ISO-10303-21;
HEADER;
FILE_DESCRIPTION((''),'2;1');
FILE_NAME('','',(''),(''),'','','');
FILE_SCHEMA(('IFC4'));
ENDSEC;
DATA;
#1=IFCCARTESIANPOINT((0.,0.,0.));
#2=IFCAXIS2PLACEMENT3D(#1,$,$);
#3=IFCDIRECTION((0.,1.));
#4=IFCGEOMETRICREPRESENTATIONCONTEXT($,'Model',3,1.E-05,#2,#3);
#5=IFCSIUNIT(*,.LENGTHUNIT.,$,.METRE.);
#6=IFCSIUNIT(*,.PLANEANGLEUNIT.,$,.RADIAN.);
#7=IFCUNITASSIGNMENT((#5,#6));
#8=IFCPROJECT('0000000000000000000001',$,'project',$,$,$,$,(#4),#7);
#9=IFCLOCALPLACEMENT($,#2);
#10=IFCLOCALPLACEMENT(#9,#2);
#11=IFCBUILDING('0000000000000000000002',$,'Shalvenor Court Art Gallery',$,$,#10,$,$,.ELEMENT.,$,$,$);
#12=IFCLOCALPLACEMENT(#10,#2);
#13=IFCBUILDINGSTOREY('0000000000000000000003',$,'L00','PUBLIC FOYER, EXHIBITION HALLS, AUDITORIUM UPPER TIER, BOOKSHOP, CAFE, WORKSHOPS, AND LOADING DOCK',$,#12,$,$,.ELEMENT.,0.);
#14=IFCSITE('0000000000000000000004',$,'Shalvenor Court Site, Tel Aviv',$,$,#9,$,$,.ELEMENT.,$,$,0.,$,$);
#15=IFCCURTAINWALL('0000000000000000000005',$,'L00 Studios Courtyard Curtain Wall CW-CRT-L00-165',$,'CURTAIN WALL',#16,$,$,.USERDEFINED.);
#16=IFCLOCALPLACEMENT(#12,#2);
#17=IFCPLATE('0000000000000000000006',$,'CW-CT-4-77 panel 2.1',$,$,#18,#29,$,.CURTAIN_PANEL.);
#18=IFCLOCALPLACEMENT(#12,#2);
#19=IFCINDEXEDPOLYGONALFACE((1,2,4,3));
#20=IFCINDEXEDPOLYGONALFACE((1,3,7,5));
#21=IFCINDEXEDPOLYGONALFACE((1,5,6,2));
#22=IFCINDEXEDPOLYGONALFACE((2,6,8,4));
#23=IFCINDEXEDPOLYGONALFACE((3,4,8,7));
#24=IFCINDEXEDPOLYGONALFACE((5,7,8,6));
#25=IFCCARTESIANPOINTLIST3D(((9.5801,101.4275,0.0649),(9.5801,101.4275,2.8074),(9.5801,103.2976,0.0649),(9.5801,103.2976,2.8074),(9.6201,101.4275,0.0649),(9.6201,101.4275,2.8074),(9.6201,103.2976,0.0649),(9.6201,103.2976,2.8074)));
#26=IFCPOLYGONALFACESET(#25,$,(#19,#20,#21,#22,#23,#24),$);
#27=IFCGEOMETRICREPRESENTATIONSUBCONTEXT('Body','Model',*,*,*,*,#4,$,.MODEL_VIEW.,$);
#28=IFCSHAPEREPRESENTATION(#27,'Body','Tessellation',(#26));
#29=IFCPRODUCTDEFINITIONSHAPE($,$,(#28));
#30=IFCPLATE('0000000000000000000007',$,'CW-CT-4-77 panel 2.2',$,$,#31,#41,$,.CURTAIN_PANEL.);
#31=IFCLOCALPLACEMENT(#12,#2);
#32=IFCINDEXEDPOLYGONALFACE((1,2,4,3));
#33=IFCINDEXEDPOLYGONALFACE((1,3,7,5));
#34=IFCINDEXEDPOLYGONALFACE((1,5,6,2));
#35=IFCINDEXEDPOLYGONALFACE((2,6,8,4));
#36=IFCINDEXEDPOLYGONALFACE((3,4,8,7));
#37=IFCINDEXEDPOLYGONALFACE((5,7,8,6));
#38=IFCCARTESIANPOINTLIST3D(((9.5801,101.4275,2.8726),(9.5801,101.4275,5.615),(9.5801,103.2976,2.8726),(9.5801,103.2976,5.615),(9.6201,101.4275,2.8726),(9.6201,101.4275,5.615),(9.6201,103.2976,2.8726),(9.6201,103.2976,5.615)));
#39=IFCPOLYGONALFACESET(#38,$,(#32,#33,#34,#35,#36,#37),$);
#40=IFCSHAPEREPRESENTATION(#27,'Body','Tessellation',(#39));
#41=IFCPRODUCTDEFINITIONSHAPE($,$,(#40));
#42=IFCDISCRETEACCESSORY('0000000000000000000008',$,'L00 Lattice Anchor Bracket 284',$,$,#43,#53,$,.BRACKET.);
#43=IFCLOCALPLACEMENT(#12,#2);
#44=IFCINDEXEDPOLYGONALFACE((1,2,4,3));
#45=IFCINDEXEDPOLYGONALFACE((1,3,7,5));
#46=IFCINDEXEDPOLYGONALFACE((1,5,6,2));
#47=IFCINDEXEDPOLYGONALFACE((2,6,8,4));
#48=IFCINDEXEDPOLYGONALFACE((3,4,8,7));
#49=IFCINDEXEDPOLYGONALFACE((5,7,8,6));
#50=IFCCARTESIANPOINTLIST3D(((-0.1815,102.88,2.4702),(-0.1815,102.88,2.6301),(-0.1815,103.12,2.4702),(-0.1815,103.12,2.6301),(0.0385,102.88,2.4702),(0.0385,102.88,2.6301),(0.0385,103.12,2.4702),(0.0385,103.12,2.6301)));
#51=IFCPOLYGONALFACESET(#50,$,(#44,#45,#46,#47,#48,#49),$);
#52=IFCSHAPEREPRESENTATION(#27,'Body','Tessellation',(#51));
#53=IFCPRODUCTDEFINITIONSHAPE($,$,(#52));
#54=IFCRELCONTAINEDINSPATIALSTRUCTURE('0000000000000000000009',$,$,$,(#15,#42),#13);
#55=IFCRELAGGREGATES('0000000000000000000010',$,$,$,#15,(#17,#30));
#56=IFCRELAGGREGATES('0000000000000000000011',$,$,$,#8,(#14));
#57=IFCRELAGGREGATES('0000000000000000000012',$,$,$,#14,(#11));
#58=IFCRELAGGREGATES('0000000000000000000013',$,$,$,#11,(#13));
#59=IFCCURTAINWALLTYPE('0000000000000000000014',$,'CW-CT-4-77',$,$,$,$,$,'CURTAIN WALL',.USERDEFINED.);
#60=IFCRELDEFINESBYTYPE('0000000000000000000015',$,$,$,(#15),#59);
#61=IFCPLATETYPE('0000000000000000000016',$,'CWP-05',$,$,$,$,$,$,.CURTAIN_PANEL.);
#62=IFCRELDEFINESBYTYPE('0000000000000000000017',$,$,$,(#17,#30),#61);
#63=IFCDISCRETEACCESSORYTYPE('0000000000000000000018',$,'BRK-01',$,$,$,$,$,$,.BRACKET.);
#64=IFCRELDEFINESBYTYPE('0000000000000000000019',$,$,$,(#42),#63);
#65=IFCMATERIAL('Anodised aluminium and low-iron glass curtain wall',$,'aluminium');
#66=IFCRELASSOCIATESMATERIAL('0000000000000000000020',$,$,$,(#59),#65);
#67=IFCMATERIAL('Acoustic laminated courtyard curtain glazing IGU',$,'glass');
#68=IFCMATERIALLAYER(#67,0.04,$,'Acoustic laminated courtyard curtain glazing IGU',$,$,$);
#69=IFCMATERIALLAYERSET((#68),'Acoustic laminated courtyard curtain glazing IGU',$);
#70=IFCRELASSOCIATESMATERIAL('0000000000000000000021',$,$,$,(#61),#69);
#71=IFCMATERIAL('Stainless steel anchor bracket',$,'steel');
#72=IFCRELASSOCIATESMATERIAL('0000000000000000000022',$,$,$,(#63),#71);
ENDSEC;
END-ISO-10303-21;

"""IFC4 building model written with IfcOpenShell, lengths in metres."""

from ifc_helpers import new_model, si_unit, direction, frame, origin, origin_2d, place, context, subcontext, project, spatial, rectangle, extrude, material, layer, layer_set, type_object, element, aggregate, save


model = new_model("IFC4")

# Units and contexts
model_context = context("Model", 3, precision=1e-05, world=origin(), true_north=direction((0.0, 1.0)))
body_context = subcontext(model_context, "Body", "Model", "MODEL_VIEW")
ifc_project = project(units=[si_unit("LENGTHUNIT", "METRE"), si_unit("PLANEANGLEUNIT", "RADIAN")], contexts=[model_context])

# Site, building, storey
site_placement = place(None, origin())
site = spatial("IfcSite", under=ifc_project, at=site_placement, Name="Shalvenor Court Site, Tel Aviv", CompositionType="ELEMENT", RefElevation=0.0)
building_placement = place(site_placement, origin())
building = spatial("IfcBuilding", under=site, at=building_placement, Name="Shalvenor Court Art Gallery", CompositionType="ELEMENT")
storey_placement = place(building_placement, origin())
storey = spatial("IfcBuildingStorey", under=building, at=storey_placement, Name="L00", Description="PUBLIC FOYER, EXHIBITION HALLS, AUDITORIUM UPPER TIER, BOOKSHOP, CAFE, WORKSHOPS, AND LOADING DOCK", CompositionType="ELEMENT", Elevation=0.0)

# Curtain wall
ifc_material_1 = material(Name="Anodised aluminium and low-iron glass curtain wall", Category="aluminium")
curtain_wall_type_1 = type_object("IfcCurtainWallType", Name="CW-CT-4-77", ElementType="CURTAIN WALL", PredefinedType="USERDEFINED", material=ifc_material_1)
curtain_wall_1_placement = place(storey_placement, origin())
curtain_wall_1 = element("IfcCurtainWall", 1, at=curtain_wall_1_placement, inside=storey, type_object=curtain_wall_type_1, Name="L00 Studios Courtyard Curtain Wall CW-CRT-L00-165", ObjectType="CURTAIN WALL", PredefinedType="USERDEFINED")

# Plates
ifc_material_2 = material(Name="Acoustic laminated courtyard curtain glazing IGU", Category="glass")
ifc_layer_1 = layer(ifc_material_2, 0.04, Name="Acoustic laminated courtyard curtain glazing IGU")
ifc_layer_set_1 = layer_set([ifc_layer_1], Name="Acoustic laminated courtyard curtain glazing IGU")
plate_type_1 = type_object("IfcPlateType", Name="CWP-05", PredefinedType="CURTAIN_PANEL", material=ifc_layer_set_1)
plate_1_placement = place(storey_placement, frame((9.6001, 102.3625, 0.0649), z_axis=(0.0, 0.0, 1.0), x_axis=(0.0, -1.0, 0.0)))
plate_1 = element("IfcPlate", 2, at=plate_1_placement, type_object=plate_type_1, Name="CW-CT-4-77 panel 2.1", PredefinedType="CURTAIN_PANEL", context=body_context, shape_type="SweptSolid", body=[
    extrude(rectangle(XDim=1.8701, YDim=0.04, at=origin_2d()), origin(), (0.0, 0.0, 1.0), 2.7424),
])
plate_2_placement = place(storey_placement, frame((9.6001, 102.3625, 2.8726), z_axis=(0.0, 0.0, 1.0), x_axis=(0.0, -1.0, 0.0)))
plate_2 = element("IfcPlate", 3, at=plate_2_placement, type_object=plate_type_1, Name="CW-CT-4-77 panel 2.2", PredefinedType="CURTAIN_PANEL", context=body_context, shape_type="SweptSolid", body=[
    extrude(rectangle(XDim=1.8701, YDim=0.04, at=origin_2d()), origin(), (0.0, 0.0, 1.0), 2.7424),
])
aggregate(curtain_wall_1, [plate_1, plate_2])

# Discrete accessory
ifc_material_3 = material(Name="Stainless steel anchor bracket", Category="steel")
discrete_accessory_type = type_object("IfcDiscreteAccessoryType", Name="BRK-01", PredefinedType="BRACKET", material=ifc_material_3)
discrete_accessory_placement = place(storey_placement, frame((-0.0715, 103.0, 2.4702), z_axis=(0.0, 0.0, 1.0), x_axis=(0.0, 1.0, 0.0)))
element("IfcDiscreteAccessory", 4, at=discrete_accessory_placement, inside=storey, type_object=discrete_accessory_type, Name="L00 Lattice Anchor Bracket 284", PredefinedType="BRACKET", context=body_context, shape_type="SweptSolid", body=[
    extrude(rectangle(XDim=0.24, YDim=0.22, at=origin_2d()), origin(), (0.0, 0.0, 1.0), 0.1599),
])

save(model, "model.ifc")
